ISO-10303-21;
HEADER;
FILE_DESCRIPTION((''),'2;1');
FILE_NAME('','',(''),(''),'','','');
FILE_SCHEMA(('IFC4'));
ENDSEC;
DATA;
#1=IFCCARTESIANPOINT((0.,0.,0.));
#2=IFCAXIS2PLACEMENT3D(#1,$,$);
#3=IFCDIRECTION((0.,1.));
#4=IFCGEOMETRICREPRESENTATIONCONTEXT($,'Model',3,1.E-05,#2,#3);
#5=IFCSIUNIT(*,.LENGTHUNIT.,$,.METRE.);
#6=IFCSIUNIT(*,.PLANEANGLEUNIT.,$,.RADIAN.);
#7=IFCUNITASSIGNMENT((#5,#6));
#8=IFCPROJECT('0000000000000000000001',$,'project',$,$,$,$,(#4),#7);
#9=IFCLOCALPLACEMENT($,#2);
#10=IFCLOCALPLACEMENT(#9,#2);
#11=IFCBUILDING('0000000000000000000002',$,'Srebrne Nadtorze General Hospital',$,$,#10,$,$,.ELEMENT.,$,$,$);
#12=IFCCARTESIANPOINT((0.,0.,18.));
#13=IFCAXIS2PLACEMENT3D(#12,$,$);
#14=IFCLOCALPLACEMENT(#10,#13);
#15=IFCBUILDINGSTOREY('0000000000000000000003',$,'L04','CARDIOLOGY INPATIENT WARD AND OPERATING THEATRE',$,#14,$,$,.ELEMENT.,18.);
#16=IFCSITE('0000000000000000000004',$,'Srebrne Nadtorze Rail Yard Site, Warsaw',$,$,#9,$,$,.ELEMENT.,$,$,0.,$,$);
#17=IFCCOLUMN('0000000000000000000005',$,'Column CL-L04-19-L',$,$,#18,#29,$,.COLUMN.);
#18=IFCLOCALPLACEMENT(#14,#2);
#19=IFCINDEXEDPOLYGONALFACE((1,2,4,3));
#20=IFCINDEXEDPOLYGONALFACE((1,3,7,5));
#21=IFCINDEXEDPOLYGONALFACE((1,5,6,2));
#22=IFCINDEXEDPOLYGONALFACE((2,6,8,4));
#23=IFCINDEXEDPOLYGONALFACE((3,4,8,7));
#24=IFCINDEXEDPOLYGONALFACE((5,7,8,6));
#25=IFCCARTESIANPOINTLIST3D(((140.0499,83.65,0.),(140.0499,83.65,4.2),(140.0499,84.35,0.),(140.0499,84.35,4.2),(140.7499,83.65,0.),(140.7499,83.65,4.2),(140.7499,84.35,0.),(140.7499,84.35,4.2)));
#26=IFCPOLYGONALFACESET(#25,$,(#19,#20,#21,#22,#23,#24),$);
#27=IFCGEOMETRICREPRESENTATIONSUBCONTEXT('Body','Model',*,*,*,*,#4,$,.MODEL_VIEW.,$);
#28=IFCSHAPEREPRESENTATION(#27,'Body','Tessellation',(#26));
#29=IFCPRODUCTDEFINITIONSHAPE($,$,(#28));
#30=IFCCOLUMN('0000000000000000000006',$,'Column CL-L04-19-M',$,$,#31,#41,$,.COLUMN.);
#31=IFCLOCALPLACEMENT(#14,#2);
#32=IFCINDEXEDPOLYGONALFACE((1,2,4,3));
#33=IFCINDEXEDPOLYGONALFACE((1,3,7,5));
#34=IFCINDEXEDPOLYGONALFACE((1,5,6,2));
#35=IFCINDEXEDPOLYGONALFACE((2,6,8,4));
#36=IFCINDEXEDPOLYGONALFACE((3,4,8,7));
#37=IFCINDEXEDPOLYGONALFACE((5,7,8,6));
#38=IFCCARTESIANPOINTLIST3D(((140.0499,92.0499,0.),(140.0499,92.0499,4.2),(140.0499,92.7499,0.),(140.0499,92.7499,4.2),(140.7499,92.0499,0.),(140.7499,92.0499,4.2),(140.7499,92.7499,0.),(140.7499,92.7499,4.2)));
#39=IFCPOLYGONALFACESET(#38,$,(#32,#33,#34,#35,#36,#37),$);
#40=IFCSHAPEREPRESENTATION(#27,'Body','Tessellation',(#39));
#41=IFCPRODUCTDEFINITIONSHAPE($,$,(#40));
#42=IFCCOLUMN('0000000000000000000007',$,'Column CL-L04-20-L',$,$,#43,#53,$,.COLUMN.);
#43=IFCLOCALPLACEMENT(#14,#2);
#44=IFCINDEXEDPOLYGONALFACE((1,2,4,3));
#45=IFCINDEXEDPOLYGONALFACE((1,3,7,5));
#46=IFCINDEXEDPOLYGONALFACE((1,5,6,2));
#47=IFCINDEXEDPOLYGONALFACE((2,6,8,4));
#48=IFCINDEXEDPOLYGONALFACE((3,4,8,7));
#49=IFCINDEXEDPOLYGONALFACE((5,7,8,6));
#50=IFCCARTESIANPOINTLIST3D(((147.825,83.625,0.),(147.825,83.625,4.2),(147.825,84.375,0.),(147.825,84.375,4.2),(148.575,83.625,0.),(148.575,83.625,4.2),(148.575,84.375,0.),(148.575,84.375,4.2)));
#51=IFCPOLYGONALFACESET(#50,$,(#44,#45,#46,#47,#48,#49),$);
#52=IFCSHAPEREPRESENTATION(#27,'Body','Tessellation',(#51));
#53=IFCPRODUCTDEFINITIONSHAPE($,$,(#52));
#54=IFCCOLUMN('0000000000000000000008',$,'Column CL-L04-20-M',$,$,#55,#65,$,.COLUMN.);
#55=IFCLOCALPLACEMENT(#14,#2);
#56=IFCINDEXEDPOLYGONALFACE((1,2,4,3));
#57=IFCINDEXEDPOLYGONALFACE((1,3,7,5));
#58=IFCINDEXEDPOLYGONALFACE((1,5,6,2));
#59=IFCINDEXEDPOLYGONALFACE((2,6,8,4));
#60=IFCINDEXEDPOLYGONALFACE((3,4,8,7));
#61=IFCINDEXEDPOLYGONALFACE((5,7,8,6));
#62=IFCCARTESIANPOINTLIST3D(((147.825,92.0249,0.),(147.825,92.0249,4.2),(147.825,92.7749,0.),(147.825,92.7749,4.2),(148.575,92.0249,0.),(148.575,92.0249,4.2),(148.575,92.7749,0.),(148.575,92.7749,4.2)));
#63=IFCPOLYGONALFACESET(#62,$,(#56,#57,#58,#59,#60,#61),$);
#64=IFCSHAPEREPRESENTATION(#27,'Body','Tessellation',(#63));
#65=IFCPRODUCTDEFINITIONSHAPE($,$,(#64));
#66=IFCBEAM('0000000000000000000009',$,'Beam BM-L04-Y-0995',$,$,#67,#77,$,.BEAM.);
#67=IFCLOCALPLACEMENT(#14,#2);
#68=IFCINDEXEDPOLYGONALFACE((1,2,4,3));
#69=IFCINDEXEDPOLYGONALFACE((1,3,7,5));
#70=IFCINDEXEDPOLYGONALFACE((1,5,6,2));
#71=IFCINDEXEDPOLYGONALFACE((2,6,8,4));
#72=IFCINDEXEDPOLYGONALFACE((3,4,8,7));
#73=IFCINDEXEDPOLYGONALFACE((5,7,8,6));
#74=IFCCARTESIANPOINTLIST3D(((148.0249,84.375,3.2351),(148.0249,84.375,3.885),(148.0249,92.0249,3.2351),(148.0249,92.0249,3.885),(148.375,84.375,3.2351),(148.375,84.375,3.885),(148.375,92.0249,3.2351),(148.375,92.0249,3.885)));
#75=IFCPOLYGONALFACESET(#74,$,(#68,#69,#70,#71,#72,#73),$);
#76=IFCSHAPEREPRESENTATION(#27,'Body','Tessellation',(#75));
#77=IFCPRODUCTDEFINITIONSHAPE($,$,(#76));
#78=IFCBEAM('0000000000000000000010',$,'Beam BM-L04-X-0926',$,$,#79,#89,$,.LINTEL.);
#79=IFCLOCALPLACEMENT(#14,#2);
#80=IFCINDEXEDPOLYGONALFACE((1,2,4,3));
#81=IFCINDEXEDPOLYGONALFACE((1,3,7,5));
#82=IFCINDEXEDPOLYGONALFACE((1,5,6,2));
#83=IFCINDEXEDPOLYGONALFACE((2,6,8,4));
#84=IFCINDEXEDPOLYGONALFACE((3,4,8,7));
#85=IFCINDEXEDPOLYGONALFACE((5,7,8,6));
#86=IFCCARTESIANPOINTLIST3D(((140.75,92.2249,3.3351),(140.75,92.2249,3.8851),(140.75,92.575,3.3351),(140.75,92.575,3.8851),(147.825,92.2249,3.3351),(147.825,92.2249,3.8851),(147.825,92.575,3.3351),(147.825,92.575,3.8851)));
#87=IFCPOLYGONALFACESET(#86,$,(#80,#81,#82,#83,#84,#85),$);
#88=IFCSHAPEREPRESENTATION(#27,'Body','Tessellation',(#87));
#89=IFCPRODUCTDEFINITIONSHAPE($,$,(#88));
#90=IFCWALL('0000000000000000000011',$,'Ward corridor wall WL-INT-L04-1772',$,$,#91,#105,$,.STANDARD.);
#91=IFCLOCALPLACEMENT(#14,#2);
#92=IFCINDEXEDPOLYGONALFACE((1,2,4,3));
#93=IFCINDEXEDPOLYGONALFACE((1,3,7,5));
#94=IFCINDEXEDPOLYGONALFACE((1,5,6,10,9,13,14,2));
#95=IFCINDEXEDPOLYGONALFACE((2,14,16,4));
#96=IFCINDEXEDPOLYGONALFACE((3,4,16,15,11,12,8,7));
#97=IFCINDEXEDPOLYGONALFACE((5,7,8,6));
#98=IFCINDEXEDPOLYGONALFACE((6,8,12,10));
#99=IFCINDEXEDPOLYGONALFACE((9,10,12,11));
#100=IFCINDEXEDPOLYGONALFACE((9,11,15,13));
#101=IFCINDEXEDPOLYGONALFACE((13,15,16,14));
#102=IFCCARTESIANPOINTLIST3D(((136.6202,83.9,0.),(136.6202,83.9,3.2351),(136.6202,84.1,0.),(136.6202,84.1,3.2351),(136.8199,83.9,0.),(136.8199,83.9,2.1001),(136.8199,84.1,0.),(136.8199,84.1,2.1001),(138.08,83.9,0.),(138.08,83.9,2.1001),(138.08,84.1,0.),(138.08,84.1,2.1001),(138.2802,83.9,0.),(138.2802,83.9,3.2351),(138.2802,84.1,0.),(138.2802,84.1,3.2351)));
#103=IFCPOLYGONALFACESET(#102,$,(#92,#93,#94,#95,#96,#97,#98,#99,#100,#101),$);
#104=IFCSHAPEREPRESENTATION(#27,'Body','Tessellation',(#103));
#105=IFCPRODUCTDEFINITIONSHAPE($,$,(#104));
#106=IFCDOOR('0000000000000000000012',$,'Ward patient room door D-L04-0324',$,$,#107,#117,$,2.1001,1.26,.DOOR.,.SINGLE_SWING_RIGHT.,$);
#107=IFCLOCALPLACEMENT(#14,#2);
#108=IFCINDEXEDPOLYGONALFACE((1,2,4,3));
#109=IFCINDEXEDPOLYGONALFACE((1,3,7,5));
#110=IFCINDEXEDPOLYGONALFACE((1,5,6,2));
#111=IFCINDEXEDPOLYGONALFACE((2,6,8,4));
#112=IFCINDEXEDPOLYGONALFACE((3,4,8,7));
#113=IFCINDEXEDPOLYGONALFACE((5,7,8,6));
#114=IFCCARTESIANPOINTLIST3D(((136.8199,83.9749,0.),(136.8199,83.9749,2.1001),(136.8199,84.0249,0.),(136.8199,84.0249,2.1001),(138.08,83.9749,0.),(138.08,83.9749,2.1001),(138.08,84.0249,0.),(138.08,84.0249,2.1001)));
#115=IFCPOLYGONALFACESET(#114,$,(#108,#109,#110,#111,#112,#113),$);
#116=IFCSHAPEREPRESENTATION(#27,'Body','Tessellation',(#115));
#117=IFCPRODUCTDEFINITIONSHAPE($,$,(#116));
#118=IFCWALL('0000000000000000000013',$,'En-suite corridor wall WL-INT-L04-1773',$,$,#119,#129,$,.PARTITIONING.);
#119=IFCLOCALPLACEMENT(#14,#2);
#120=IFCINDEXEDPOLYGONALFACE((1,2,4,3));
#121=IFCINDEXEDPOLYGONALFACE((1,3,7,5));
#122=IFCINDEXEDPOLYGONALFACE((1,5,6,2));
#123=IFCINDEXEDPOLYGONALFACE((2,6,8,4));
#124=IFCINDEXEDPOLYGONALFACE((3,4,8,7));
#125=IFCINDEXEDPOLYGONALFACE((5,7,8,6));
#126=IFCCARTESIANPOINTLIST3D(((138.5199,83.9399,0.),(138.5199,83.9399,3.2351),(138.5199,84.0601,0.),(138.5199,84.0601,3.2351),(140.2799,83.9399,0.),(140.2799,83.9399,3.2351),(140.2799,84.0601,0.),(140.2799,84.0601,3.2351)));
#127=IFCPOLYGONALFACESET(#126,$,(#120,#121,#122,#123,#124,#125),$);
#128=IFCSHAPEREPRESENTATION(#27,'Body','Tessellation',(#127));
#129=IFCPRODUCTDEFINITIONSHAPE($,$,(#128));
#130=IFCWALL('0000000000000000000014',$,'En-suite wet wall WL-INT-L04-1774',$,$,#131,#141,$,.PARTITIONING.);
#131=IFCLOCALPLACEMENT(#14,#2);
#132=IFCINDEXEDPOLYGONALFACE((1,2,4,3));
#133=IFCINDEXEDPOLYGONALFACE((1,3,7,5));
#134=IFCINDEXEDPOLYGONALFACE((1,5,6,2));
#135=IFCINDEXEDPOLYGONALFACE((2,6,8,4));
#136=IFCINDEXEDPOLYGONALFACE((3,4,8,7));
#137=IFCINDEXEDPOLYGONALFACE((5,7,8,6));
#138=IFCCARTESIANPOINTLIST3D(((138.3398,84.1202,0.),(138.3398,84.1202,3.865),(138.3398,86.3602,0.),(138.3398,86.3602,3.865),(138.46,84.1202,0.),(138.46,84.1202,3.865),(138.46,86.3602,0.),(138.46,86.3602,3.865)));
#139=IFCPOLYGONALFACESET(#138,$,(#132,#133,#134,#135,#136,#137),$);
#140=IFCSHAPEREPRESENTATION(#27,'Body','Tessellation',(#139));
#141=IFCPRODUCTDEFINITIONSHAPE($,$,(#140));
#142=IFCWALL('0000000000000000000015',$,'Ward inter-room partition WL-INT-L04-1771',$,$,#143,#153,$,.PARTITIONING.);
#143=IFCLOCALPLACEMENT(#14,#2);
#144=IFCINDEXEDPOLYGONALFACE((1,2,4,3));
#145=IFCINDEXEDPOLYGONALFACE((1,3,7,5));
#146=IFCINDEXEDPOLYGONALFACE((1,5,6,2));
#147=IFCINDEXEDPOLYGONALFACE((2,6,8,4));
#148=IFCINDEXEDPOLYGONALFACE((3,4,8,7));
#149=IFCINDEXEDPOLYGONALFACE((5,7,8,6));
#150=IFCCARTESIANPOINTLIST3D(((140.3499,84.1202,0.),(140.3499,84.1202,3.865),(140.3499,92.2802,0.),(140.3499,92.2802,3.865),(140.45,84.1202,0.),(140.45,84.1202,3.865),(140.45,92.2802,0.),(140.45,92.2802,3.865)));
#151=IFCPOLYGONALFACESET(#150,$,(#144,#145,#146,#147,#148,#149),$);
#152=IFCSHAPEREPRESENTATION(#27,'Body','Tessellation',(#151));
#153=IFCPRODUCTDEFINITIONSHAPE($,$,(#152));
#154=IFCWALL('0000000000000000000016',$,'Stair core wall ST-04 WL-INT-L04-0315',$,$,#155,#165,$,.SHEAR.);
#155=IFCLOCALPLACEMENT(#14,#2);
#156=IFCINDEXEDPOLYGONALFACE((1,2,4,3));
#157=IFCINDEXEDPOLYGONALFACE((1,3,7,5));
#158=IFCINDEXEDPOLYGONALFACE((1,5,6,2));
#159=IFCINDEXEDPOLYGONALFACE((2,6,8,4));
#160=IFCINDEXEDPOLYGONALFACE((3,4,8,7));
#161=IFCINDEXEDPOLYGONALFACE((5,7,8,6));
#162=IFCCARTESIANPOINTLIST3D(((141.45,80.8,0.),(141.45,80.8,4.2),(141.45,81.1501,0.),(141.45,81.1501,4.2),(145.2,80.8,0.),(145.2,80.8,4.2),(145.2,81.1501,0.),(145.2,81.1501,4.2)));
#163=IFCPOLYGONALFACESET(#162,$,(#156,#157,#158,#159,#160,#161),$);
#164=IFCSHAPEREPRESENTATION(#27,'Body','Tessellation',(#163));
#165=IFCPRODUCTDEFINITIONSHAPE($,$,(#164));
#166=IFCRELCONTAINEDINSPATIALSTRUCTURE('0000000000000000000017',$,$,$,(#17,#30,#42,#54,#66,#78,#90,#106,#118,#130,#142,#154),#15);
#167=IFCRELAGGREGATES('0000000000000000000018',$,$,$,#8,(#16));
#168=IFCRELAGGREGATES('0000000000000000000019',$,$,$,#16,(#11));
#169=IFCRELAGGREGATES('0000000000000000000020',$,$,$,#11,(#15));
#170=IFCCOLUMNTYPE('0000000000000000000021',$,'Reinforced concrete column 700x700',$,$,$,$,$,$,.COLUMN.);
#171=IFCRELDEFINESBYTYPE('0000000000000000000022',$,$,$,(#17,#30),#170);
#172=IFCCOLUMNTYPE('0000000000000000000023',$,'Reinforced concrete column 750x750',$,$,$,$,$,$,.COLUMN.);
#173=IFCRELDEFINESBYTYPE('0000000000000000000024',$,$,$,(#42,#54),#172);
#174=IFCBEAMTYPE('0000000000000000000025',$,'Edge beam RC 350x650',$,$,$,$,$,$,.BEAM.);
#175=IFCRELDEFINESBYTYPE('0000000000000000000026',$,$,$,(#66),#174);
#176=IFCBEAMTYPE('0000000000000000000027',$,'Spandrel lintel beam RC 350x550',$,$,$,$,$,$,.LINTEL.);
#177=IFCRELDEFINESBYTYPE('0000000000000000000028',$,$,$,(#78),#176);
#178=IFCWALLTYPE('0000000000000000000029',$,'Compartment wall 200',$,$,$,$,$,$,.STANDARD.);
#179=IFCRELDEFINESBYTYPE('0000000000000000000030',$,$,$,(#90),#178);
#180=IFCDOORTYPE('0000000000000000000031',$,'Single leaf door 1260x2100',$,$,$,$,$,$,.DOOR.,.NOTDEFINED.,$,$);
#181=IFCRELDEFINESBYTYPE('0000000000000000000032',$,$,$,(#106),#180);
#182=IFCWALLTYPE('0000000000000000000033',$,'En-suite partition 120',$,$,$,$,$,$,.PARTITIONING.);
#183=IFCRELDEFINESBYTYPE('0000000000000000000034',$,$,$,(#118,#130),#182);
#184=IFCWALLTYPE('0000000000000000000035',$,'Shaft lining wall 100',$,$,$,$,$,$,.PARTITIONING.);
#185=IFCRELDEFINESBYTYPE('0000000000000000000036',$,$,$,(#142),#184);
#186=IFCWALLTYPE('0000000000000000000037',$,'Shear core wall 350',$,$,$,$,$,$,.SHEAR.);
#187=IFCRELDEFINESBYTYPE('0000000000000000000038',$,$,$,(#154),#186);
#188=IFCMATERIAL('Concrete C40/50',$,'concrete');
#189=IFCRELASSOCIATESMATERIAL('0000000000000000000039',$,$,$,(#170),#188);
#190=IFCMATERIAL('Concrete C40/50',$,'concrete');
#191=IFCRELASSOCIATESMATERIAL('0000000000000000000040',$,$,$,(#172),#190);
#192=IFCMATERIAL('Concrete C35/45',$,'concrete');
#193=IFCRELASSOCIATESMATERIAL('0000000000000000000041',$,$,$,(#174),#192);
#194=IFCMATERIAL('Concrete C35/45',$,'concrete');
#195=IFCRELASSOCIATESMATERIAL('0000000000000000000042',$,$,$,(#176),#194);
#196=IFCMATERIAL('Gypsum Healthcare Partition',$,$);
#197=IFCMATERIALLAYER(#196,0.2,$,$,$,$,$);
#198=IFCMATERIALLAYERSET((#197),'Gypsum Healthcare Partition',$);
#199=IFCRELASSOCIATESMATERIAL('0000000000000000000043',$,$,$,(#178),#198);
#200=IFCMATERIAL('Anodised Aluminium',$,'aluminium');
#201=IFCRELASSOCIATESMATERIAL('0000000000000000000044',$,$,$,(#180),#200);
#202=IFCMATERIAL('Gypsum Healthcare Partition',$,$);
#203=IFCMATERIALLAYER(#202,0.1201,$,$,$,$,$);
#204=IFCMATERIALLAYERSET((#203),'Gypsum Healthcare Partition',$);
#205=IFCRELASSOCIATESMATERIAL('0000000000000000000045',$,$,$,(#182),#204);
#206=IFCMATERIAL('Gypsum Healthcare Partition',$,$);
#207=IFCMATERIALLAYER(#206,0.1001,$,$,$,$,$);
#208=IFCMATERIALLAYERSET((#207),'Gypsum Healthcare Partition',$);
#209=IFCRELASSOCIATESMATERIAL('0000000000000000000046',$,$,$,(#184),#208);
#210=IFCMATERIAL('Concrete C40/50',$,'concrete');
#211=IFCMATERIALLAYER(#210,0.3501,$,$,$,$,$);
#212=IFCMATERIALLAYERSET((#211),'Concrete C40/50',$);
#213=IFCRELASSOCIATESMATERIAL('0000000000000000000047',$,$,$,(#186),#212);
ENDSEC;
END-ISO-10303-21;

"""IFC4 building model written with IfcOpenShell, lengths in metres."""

from ifc_helpers import new_model, si_unit, direction, frame, frame_2d, origin, origin_2d, place, context, subcontext, project, spatial, rectangle, extrude, material, layer, layer_set, material_profile, profile_set, type_object, element, fill, save


model = new_model("IFC4")

# Units and contexts
model_context = context("Model", 3, precision=1e-05, world=origin(), true_north=direction((0.0, 1.0)))
body_context = subcontext(model_context, "Body", "Model", "MODEL_VIEW")
ifc_project = project(units=[si_unit("LENGTHUNIT", "METRE"), si_unit("PLANEANGLEUNIT", "RADIAN")], contexts=[model_context])

# Site, building, storey
site_placement = place(None, origin())
site = spatial("IfcSite", under=ifc_project, at=site_placement, Name="Srebrne Nadtorze Rail Yard Site, Warsaw", CompositionType="ELEMENT", RefElevation=0.0)
building_placement = place(site_placement, origin())
building = spatial("IfcBuilding", under=site, at=building_placement, Name="Srebrne Nadtorze General Hospital", CompositionType="ELEMENT")
storey_placement = place(building_placement, frame((0.0, 0.0, 18.0)))
storey = spatial("IfcBuildingStorey", under=building, at=storey_placement, Name="L04", Description="CARDIOLOGY INPATIENT WARD AND OPERATING THEATRE", CompositionType="ELEMENT", Elevation=18.0)

# Columns
ifc_material_1 = material(Name="Concrete C40/50", Category="concrete")
ifc_material_profile_1 = material_profile(ifc_material_1, rectangle(XDim=0.7, YDim=0.7, at=origin_2d()), Name="RC-COL-700x700")
ifc_profile_set_1 = profile_set([ifc_material_profile_1], Name="Concrete C40/50")
column_type_1 = type_object("IfcColumnType", Name="Reinforced concrete column 700x700", PredefinedType="COLUMN", material=ifc_profile_set_1)
for number, where, z_axis, x_axis, name in (
    (1, (140.3999, 84.0, 0.0), (0.0, 0.0, 1.0), (1.0, 0.0, 0.0), "Column CL-L04-19-L"),
    (2, (140.3999, 92.3999, 0.0), (0.0, 0.0, 1.0), (1.0, 0.0, 0.0), "Column CL-L04-19-M"),
):
    element("IfcColumn", number, at=place(storey_placement, frame(where, z_axis=z_axis, x_axis=x_axis)), inside=storey, type_object=column_type_1, Name=name, PredefinedType="COLUMN", context=body_context, shape_type="SweptSolid", body=[
        extrude(rectangle(XDim=0.7, YDim=0.7, at=origin_2d()), origin(), (0.0, 0.0, 1.0), 4.2),
    ])
ifc_material_2 = material(Name="Concrete C40/50", Category="concrete")
ifc_material_profile_2 = material_profile(ifc_material_2, rectangle(XDim=0.75, YDim=0.75, at=origin_2d()), Name="RC-COL-750x750")
ifc_profile_set_2 = profile_set([ifc_material_profile_2], Name="Concrete C40/50")
column_type_2 = type_object("IfcColumnType", Name="Reinforced concrete column 750x750", PredefinedType="COLUMN", material=ifc_profile_set_2)
for number, where, z_axis, x_axis, name in (
    (3, (148.2, 84.0, 0.0), (0.0, 0.0, 1.0), (1.0, 0.0, 0.0), "Column CL-L04-20-L"),
    (4, (148.2, 92.3999, 0.0), (0.0, 0.0, 1.0), (1.0, 0.0, 0.0), "Column CL-L04-20-M"),
):
    element("IfcColumn", number, at=place(storey_placement, frame(where, z_axis=z_axis, x_axis=x_axis)), inside=storey, type_object=column_type_2, Name=name, PredefinedType="COLUMN", context=body_context, shape_type="SweptSolid", body=[
        extrude(rectangle(XDim=0.75, YDim=0.75, at=origin_2d()), origin(), (0.0, 0.0, 1.0), 4.2),
    ])

# Beams
ifc_material_3 = material(Name="Concrete C35/45", Category="concrete")
ifc_material_profile_3 = material_profile(ifc_material_3, rectangle(XDim=0.3501, YDim=0.6499, at=origin_2d()), Name="RC-BM-350x650")
ifc_profile_set_3 = profile_set([ifc_material_profile_3], Name="Concrete C35/45")
beam_type_1 = type_object("IfcBeamType", Name="Edge beam RC 350x650", PredefinedType="BEAM", material=ifc_profile_set_3)
beam_1_placement = place(storey_placement, frame((148.2, 84.375, 3.5601), z_axis=(0.0, 1.0, 0.0), x_axis=(-1.0, 0.0, 0.0)))
element("IfcBeam", 5, at=beam_1_placement, inside=storey, type_object=beam_type_1, Name="Beam BM-L04-Y-0995", PredefinedType="BEAM", context=body_context, shape_type="SweptSolid", body=[
    extrude(rectangle(XDim=0.3501, YDim=0.6499, at=origin_2d()), origin(), (0.0, 0.0, 1.0), 7.6499),
])
ifc_material_4 = material(Name="Concrete C35/45", Category="concrete")
ifc_material_profile_4 = material_profile(ifc_material_4, rectangle(XDim=0.3501, YDim=0.55, at=origin_2d()), Name="RC-BM-350x550")
ifc_profile_set_4 = profile_set([ifc_material_profile_4], Name="Concrete C35/45")
beam_type_2 = type_object("IfcBeamType", Name="Spandrel lintel beam RC 350x550", PredefinedType="LINTEL", material=ifc_profile_set_4)
beam_2_placement = place(storey_placement, frame((140.75, 92.3999, 3.6101), z_axis=(1.0, 0.0, 0.0), x_axis=(0.0, 1.0, 0.0)))
element("IfcBeam", 6, at=beam_2_placement, inside=storey, type_object=beam_type_2, Name="Beam BM-L04-X-0926", PredefinedType="LINTEL", context=body_context, shape_type="SweptSolid", body=[
    extrude(rectangle(XDim=0.3501, YDim=0.55, at=origin_2d()), origin(), (0.0, 0.0, 1.0), 7.075),
])

# Wall, opening, door
ifc_material_5 = material(Name="Gypsum Healthcare Partition")
ifc_layer_1 = layer(ifc_material_5, 0.2)
ifc_layer_set_1 = layer_set([ifc_layer_1], Name="Gypsum Healthcare Partition")
wall_type_1 = type_object("IfcWallType", Name="Compartment wall 200", PredefinedType="STANDARD", material=ifc_layer_set_1)
wall_1_placement = place(storey_placement, frame((136.6201, 84.0, 0.0), z_axis=(0.0, 0.0, 1.0), x_axis=(1.0, 0.0, 0.0)))
wall_1 = element("IfcWall", 7, at=wall_1_placement, inside=storey, type_object=wall_type_1, Name="Ward corridor wall WL-INT-L04-1772", PredefinedType="STANDARD", context=body_context, shape_type="SweptSolid", body=[
    extrude(rectangle(XDim=1.6599, YDim=0.2, at=frame_2d((0.8301, 0.0))), origin(), (0.0, 0.0, 1.0), 3.2351),
])
opening_1_placement = place(wall_1_placement, frame((0.2, 0.0, 0.0)))
opening_1 = element("IfcOpeningElement", 8, at=opening_1_placement, cuts=wall_1, PredefinedType="OPENING", context=body_context, shape_type="SweptSolid", body=[
    extrude(rectangle(XDim=1.26, YDim=2.1001, at=frame_2d((0.6299, 1.05))), frame((0.0, 0.1118, 0.0), z_axis=(0.0, -1.0, 0.0), x_axis=(1.0, 0.0, 0.0)), (0.0, 0.0, 1.0), 0.2239),
])
ifc_material_6 = material(Name="Anodised Aluminium", Category="aluminium")
door_type_1 = type_object("IfcDoorType", Name="Single leaf door 1260x2100", OperationType="NOTDEFINED", PredefinedType="DOOR", material=ifc_material_6)
door_1_placement = place(opening_1_placement, origin())
door_1 = element("IfcDoor", 9, at=door_1_placement, inside=storey, type_object=door_type_1, Name="Ward patient room door D-L04-0324", OperationType="SINGLE_SWING_RIGHT", OverallHeight=2.1001, OverallWidth=1.26, PredefinedType="DOOR", context=body_context, shape_type="SweptSolid", body=[
    extrude(rectangle(XDim=1.26, YDim=2.1001, at=frame_2d((0.6299, 1.05))), frame((0.0, 0.0249, 0.0), z_axis=(0.0, -1.0, 0.0), x_axis=(1.0, 0.0, 0.0)), (0.0, 0.0, 1.0), 0.05),
])
fill(opening_1, door_1)

# Walls
ifc_material_7 = material(Name="Gypsum Healthcare Partition")
ifc_layer_2 = layer(ifc_material_7, 0.1201)
ifc_layer_set_2 = layer_set([ifc_layer_2], Name="Gypsum Healthcare Partition")
wall_type_2 = type_object("IfcWallType", Name="En-suite partition 120", PredefinedType="PARTITIONING", material=ifc_layer_set_2)
wall_2_placement = place(storey_placement, frame((138.52, 84.0, 0.0), z_axis=(0.0, 0.0, 1.0), x_axis=(1.0, 0.0, 0.0)))
element("IfcWall", 10, at=wall_2_placement, inside=storey, type_object=wall_type_2, Name="En-suite corridor wall WL-INT-L04-1773", PredefinedType="PARTITIONING", context=body_context, shape_type="SweptSolid", body=[
    extrude(rectangle(XDim=1.76, YDim=0.1201, at=frame_2d((0.8799, 0.0))), origin(), (0.0, 0.0, 1.0), 3.2351),
])
wall_3_placement = place(storey_placement, frame((138.3999, 84.1201, 0.0), z_axis=(0.0, 0.0, 1.0), x_axis=(0.0, 1.0, 0.0)))
element("IfcWall", 11, at=wall_3_placement, inside=storey, type_object=wall_type_2, Name="En-suite wet wall WL-INT-L04-1774", PredefinedType="PARTITIONING", context=body_context, shape_type="SweptSolid", body=[
    extrude(rectangle(XDim=2.24, YDim=0.1201, at=frame_2d((1.1201, 0.0))), origin(), (0.0, 0.0, 1.0), 3.865),
])

# Walls
ifc_material_8 = material(Name="Gypsum Healthcare Partition")
ifc_layer_3 = layer(ifc_material_8, 0.1001)
ifc_layer_set_3 = layer_set([ifc_layer_3], Name="Gypsum Healthcare Partition")
wall_type_3 = type_object("IfcWallType", Name="Shaft lining wall 100", PredefinedType="PARTITIONING", material=ifc_layer_set_3)
wall_4_placement = place(storey_placement, frame((140.3999, 84.1201, 0.0), z_axis=(0.0, 0.0, 1.0), x_axis=(0.0, 1.0, 0.0)))
element("IfcWall", 12, at=wall_4_placement, inside=storey, type_object=wall_type_3, Name="Ward inter-room partition WL-INT-L04-1771", PredefinedType="PARTITIONING", context=body_context, shape_type="SweptSolid", body=[
    extrude(rectangle(XDim=8.1599, YDim=0.1001, at=frame_2d((4.0801, 0.0))), origin(), (0.0, 0.0, 1.0), 3.865),
])
ifc_material_9 = material(Name="Concrete C40/50", Category="concrete")
ifc_layer_4 = layer(ifc_material_9, 0.3501)
ifc_layer_set_4 = layer_set([ifc_layer_4], Name="Concrete C40/50")
wall_type_4 = type_object("IfcWallType", Name="Shear core wall 350", PredefinedType="SHEAR", material=ifc_layer_set_4)
wall_5_placement = place(storey_placement, frame((141.45, 80.9751, 0.0), z_axis=(0.0, 0.0, 1.0), x_axis=(1.0, 0.0, 0.0)))
element("IfcWall", 13, at=wall_5_placement, inside=storey, type_object=wall_type_4, Name="Stair core wall ST-04 WL-INT-L04-0315", PredefinedType="SHEAR", context=body_context, shape_type="SweptSolid", body=[
    extrude(rectangle(XDim=3.75, YDim=0.3501, at=frame_2d((1.875, 0.0))), origin(), (0.0, 0.0, 1.0), 4.2),
])

save(model, "model.ifc")
